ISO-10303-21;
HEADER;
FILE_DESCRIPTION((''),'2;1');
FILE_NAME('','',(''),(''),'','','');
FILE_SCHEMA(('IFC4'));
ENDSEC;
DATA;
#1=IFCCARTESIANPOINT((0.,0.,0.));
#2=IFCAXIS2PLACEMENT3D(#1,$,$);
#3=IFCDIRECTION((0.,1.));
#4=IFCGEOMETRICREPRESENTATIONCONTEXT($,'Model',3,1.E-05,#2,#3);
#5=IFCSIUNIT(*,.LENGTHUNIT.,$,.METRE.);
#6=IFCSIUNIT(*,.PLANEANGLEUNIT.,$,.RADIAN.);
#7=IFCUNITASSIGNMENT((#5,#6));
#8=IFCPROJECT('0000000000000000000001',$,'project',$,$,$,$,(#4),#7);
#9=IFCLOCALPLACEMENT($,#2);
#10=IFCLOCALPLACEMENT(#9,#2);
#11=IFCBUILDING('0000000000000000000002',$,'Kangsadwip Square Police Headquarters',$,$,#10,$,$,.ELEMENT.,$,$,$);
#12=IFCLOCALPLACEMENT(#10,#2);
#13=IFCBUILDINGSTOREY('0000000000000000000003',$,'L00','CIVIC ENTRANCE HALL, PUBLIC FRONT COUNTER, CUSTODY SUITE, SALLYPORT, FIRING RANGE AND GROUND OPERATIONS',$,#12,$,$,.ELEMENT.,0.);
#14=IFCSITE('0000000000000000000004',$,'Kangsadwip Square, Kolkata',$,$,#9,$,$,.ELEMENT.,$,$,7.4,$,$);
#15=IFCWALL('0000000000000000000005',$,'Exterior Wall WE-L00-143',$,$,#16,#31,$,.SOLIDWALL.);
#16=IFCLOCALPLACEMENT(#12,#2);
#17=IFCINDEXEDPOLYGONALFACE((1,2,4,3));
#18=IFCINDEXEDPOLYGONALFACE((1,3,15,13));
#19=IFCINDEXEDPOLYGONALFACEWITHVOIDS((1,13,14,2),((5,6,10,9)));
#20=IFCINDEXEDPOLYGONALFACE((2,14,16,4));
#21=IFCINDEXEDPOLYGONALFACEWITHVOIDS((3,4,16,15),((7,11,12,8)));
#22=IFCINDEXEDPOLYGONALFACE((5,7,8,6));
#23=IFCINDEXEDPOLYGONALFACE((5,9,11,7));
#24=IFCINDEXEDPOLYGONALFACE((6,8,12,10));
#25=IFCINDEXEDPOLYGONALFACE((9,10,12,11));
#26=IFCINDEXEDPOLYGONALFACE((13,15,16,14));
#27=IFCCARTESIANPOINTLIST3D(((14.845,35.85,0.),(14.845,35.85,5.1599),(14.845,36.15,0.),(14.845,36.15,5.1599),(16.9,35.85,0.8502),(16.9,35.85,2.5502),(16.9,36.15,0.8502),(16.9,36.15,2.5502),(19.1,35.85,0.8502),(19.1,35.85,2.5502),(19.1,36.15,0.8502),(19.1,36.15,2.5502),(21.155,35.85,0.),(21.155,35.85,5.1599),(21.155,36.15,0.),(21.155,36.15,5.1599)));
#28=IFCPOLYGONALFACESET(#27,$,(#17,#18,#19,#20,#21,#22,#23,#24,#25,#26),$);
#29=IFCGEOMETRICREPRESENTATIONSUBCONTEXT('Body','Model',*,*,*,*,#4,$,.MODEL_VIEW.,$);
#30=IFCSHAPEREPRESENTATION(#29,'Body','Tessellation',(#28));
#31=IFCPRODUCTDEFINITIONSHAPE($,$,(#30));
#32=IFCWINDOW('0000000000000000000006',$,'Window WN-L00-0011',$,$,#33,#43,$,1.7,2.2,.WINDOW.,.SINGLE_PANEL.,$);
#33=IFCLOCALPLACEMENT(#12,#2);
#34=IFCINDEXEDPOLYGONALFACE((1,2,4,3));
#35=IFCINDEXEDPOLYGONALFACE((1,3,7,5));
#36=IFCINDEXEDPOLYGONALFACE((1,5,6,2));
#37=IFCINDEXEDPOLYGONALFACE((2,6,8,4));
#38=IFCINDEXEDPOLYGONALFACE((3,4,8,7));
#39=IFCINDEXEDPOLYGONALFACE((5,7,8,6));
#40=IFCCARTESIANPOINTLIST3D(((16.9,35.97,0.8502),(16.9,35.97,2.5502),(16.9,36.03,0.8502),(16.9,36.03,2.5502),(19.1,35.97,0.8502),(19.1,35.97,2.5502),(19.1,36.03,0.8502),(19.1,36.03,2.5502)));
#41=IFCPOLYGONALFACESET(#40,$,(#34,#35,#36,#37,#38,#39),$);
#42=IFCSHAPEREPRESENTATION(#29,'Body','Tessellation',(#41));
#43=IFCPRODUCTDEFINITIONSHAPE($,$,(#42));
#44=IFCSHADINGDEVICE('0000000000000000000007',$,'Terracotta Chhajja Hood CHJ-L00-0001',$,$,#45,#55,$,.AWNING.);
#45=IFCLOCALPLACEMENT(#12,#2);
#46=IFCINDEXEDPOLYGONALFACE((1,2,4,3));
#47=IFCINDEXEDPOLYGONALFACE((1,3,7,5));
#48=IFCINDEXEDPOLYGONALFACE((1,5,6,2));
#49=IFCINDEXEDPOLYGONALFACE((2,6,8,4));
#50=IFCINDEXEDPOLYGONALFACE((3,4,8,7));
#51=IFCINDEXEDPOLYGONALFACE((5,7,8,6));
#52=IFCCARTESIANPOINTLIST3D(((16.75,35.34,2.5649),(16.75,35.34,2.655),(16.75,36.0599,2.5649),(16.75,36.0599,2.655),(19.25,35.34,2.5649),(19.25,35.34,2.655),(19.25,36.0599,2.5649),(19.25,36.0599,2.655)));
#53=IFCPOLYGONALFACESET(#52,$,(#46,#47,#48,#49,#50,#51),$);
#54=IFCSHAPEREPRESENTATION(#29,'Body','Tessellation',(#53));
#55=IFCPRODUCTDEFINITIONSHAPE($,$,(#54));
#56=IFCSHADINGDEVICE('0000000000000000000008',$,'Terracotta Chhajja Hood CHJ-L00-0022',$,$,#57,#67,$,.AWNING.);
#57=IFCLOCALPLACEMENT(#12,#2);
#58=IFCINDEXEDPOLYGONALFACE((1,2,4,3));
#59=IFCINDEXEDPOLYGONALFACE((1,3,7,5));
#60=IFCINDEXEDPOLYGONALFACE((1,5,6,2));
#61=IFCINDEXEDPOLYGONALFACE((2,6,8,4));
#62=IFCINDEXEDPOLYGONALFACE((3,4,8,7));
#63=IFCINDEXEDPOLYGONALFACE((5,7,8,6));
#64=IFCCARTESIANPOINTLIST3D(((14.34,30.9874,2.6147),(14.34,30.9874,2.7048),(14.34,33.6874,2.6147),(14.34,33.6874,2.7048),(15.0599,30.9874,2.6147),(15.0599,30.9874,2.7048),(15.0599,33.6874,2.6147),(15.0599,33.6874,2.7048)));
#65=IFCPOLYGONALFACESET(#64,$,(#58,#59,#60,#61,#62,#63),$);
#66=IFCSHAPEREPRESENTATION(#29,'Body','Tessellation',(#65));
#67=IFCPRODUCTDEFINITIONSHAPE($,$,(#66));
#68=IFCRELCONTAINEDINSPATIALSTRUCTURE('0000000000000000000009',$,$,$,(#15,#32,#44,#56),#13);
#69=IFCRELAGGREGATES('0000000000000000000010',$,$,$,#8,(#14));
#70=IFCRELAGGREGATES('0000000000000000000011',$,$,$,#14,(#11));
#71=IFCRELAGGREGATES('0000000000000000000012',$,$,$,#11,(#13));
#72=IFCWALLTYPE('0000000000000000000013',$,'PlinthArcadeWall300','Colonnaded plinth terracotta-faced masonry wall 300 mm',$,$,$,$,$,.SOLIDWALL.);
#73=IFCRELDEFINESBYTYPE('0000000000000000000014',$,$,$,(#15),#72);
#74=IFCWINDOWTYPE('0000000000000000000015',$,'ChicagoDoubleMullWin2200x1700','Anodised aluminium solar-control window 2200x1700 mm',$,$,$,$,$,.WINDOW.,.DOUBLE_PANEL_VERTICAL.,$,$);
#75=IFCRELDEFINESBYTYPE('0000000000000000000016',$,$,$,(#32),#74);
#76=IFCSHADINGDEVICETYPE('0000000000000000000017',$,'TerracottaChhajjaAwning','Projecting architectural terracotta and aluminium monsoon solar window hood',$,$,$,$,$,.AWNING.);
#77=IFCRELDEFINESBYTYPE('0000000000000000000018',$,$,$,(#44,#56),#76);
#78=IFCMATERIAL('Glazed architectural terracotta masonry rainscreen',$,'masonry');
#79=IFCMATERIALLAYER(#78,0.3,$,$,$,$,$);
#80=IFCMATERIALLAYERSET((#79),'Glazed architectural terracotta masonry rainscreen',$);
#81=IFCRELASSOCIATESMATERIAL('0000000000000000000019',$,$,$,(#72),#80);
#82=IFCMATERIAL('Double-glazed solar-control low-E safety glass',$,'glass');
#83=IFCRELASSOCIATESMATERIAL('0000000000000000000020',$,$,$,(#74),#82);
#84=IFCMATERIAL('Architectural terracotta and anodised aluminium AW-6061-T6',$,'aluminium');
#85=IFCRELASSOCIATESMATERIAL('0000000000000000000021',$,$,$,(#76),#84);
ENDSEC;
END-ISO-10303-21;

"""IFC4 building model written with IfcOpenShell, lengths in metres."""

from ifc_helpers import new_model, si_unit, direction, frame, frame_2d, origin, origin_2d, place, context, subcontext, project, spatial, rectangle, extrude, material, layer, layer_set, type_object, element, fill, save


model = new_model("IFC4")

# Units and contexts
model_context = context("Model", 3, precision=1e-05, world=origin(), true_north=direction((0.0, 1.0)))
body_context = subcontext(model_context, "Body", "Model", "MODEL_VIEW")
ifc_project = project(units=[si_unit("LENGTHUNIT", "METRE"), si_unit("PLANEANGLEUNIT", "RADIAN")], contexts=[model_context])

# Site, building, storey
site_placement = place(None, origin())
site = spatial("IfcSite", under=ifc_project, at=site_placement, Name="Kangsadwip Square, Kolkata", CompositionType="ELEMENT", RefElevation=7.4)
building_placement = place(site_placement, origin())
building = spatial("IfcBuilding", under=site, at=building_placement, Name="Kangsadwip Square Police Headquarters", CompositionType="ELEMENT")
storey_placement = place(building_placement, origin())
storey = spatial("IfcBuildingStorey", under=building, at=storey_placement, Name="L00", Description="CIVIC ENTRANCE HALL, PUBLIC FRONT COUNTER, CUSTODY SUITE, SALLYPORT, FIRING RANGE AND GROUND OPERATIONS", CompositionType="ELEMENT", Elevation=0.0)

# Wall, opening, window
ifc_material_1 = material(Name="Glazed architectural terracotta masonry rainscreen", Category="masonry")
ifc_layer_1 = layer(ifc_material_1, 0.3)
ifc_layer_set_1 = layer_set([ifc_layer_1], Name="Glazed architectural terracotta masonry rainscreen")
wall_type_1 = type_object("IfcWallType", Name="PlinthArcadeWall300", Description="Colonnaded plinth terracotta-faced masonry wall 300 mm", PredefinedType="SOLIDWALL", material=ifc_layer_set_1)
wall_1_placement = place(storey_placement, frame((14.845, 36.0, 0.0), z_axis=(0.0, 0.0, 1.0), x_axis=(1.0, 0.0, 0.0)))
wall_1 = element("IfcWall", 1, at=wall_1_placement, inside=storey, type_object=wall_type_1, Name="Exterior Wall WE-L00-143", PredefinedType="SOLIDWALL", context=body_context, shape_type="SweptSolid", body=[
    extrude(rectangle(XDim=6.3101, YDim=0.3, at=frame_2d((3.155, 0.0))), origin(), (0.0, 0.0, 1.0), 5.1599),
])
opening_1_placement = place(wall_1_placement, frame((2.0549, 0.0, 0.8501)))
opening_1 = element("IfcOpeningElement", 2, at=opening_1_placement, cuts=wall_1, PredefinedType="OPENING", context=body_context, shape_type="SweptSolid", body=[
    extrude(rectangle(XDim=2.2, YDim=1.7, at=frame_2d((1.1001, 0.8501))), frame((0.0, 0.1599, 0.0), z_axis=(0.0, -1.0, 0.0), x_axis=(1.0, 0.0, 0.0)), (0.0, 0.0, 1.0), 0.3201),
])
ifc_material_2 = material(Name="Double-glazed solar-control low-E safety glass", Category="glass")
window_type = type_object("IfcWindowType", Name="ChicagoDoubleMullWin2200x1700", Description="Anodised aluminium solar-control window 2200x1700 mm", PartitioningType="DOUBLE_PANEL_VERTICAL", PredefinedType="WINDOW", material=ifc_material_2)
window_placement = place(opening_1_placement, origin())
window = element("IfcWindow", 3, at=window_placement, inside=storey, type_object=window_type, Name="Window WN-L00-0011", OverallHeight=1.7, OverallWidth=2.2, PartitioningType="SINGLE_PANEL", PredefinedType="WINDOW", context=body_context, shape_type="SweptSolid", body=[
    extrude(rectangle(XDim=2.2, YDim=1.7, at=frame_2d((1.1001, 0.8501))), frame((0.0, 0.03, 0.0), z_axis=(0.0, -1.0, 0.0), x_axis=(1.0, 0.0, 0.0)), (0.0, 0.0, 1.0), 0.0601),
])
fill(opening_1, window)

# Shading devices
ifc_material_3 = material(Name="Architectural terracotta and anodised aluminium AW-6061-T6", Category="aluminium")
shading_device_type = type_object("IfcShadingDeviceType", Name="TerracottaChhajjaAwning", Description="Projecting architectural terracotta and aluminium monsoon solar window hood", PredefinedType="AWNING", material=ifc_material_3)
shading_device_1_placement = place(storey_placement, frame((18.0, 35.7, 2.5649), z_axis=(0.0, 0.0, 1.0), x_axis=(1.0, 0.0, 0.0)))
element("IfcShadingDevice", 4, at=shading_device_1_placement, inside=storey, type_object=shading_device_type, Name="Terracotta Chhajja Hood CHJ-L00-0001", PredefinedType="AWNING", context=body_context, shape_type="SweptSolid", body=[
    extrude(rectangle(XDim=2.5, YDim=0.72, at=origin_2d()), origin(), (0.0, 0.0, 1.0), 0.0901),
])
shading_device_2_placement = place(storey_placement, frame((14.7, 32.3374, 2.6147), z_axis=(0.0, 0.0, 1.0), x_axis=(0.0, 1.0, 0.0)))
element("IfcShadingDevice", 5, at=shading_device_2_placement, inside=storey, type_object=shading_device_type, Name="Terracotta Chhajja Hood CHJ-L00-0022", PredefinedType="AWNING", context=body_context, shape_type="SweptSolid", body=[
    extrude(rectangle(XDim=2.7, YDim=0.72, at=origin_2d()), origin(), (0.0, 0.0, 1.0), 0.0901),
])

save(model, "model.ifc")
